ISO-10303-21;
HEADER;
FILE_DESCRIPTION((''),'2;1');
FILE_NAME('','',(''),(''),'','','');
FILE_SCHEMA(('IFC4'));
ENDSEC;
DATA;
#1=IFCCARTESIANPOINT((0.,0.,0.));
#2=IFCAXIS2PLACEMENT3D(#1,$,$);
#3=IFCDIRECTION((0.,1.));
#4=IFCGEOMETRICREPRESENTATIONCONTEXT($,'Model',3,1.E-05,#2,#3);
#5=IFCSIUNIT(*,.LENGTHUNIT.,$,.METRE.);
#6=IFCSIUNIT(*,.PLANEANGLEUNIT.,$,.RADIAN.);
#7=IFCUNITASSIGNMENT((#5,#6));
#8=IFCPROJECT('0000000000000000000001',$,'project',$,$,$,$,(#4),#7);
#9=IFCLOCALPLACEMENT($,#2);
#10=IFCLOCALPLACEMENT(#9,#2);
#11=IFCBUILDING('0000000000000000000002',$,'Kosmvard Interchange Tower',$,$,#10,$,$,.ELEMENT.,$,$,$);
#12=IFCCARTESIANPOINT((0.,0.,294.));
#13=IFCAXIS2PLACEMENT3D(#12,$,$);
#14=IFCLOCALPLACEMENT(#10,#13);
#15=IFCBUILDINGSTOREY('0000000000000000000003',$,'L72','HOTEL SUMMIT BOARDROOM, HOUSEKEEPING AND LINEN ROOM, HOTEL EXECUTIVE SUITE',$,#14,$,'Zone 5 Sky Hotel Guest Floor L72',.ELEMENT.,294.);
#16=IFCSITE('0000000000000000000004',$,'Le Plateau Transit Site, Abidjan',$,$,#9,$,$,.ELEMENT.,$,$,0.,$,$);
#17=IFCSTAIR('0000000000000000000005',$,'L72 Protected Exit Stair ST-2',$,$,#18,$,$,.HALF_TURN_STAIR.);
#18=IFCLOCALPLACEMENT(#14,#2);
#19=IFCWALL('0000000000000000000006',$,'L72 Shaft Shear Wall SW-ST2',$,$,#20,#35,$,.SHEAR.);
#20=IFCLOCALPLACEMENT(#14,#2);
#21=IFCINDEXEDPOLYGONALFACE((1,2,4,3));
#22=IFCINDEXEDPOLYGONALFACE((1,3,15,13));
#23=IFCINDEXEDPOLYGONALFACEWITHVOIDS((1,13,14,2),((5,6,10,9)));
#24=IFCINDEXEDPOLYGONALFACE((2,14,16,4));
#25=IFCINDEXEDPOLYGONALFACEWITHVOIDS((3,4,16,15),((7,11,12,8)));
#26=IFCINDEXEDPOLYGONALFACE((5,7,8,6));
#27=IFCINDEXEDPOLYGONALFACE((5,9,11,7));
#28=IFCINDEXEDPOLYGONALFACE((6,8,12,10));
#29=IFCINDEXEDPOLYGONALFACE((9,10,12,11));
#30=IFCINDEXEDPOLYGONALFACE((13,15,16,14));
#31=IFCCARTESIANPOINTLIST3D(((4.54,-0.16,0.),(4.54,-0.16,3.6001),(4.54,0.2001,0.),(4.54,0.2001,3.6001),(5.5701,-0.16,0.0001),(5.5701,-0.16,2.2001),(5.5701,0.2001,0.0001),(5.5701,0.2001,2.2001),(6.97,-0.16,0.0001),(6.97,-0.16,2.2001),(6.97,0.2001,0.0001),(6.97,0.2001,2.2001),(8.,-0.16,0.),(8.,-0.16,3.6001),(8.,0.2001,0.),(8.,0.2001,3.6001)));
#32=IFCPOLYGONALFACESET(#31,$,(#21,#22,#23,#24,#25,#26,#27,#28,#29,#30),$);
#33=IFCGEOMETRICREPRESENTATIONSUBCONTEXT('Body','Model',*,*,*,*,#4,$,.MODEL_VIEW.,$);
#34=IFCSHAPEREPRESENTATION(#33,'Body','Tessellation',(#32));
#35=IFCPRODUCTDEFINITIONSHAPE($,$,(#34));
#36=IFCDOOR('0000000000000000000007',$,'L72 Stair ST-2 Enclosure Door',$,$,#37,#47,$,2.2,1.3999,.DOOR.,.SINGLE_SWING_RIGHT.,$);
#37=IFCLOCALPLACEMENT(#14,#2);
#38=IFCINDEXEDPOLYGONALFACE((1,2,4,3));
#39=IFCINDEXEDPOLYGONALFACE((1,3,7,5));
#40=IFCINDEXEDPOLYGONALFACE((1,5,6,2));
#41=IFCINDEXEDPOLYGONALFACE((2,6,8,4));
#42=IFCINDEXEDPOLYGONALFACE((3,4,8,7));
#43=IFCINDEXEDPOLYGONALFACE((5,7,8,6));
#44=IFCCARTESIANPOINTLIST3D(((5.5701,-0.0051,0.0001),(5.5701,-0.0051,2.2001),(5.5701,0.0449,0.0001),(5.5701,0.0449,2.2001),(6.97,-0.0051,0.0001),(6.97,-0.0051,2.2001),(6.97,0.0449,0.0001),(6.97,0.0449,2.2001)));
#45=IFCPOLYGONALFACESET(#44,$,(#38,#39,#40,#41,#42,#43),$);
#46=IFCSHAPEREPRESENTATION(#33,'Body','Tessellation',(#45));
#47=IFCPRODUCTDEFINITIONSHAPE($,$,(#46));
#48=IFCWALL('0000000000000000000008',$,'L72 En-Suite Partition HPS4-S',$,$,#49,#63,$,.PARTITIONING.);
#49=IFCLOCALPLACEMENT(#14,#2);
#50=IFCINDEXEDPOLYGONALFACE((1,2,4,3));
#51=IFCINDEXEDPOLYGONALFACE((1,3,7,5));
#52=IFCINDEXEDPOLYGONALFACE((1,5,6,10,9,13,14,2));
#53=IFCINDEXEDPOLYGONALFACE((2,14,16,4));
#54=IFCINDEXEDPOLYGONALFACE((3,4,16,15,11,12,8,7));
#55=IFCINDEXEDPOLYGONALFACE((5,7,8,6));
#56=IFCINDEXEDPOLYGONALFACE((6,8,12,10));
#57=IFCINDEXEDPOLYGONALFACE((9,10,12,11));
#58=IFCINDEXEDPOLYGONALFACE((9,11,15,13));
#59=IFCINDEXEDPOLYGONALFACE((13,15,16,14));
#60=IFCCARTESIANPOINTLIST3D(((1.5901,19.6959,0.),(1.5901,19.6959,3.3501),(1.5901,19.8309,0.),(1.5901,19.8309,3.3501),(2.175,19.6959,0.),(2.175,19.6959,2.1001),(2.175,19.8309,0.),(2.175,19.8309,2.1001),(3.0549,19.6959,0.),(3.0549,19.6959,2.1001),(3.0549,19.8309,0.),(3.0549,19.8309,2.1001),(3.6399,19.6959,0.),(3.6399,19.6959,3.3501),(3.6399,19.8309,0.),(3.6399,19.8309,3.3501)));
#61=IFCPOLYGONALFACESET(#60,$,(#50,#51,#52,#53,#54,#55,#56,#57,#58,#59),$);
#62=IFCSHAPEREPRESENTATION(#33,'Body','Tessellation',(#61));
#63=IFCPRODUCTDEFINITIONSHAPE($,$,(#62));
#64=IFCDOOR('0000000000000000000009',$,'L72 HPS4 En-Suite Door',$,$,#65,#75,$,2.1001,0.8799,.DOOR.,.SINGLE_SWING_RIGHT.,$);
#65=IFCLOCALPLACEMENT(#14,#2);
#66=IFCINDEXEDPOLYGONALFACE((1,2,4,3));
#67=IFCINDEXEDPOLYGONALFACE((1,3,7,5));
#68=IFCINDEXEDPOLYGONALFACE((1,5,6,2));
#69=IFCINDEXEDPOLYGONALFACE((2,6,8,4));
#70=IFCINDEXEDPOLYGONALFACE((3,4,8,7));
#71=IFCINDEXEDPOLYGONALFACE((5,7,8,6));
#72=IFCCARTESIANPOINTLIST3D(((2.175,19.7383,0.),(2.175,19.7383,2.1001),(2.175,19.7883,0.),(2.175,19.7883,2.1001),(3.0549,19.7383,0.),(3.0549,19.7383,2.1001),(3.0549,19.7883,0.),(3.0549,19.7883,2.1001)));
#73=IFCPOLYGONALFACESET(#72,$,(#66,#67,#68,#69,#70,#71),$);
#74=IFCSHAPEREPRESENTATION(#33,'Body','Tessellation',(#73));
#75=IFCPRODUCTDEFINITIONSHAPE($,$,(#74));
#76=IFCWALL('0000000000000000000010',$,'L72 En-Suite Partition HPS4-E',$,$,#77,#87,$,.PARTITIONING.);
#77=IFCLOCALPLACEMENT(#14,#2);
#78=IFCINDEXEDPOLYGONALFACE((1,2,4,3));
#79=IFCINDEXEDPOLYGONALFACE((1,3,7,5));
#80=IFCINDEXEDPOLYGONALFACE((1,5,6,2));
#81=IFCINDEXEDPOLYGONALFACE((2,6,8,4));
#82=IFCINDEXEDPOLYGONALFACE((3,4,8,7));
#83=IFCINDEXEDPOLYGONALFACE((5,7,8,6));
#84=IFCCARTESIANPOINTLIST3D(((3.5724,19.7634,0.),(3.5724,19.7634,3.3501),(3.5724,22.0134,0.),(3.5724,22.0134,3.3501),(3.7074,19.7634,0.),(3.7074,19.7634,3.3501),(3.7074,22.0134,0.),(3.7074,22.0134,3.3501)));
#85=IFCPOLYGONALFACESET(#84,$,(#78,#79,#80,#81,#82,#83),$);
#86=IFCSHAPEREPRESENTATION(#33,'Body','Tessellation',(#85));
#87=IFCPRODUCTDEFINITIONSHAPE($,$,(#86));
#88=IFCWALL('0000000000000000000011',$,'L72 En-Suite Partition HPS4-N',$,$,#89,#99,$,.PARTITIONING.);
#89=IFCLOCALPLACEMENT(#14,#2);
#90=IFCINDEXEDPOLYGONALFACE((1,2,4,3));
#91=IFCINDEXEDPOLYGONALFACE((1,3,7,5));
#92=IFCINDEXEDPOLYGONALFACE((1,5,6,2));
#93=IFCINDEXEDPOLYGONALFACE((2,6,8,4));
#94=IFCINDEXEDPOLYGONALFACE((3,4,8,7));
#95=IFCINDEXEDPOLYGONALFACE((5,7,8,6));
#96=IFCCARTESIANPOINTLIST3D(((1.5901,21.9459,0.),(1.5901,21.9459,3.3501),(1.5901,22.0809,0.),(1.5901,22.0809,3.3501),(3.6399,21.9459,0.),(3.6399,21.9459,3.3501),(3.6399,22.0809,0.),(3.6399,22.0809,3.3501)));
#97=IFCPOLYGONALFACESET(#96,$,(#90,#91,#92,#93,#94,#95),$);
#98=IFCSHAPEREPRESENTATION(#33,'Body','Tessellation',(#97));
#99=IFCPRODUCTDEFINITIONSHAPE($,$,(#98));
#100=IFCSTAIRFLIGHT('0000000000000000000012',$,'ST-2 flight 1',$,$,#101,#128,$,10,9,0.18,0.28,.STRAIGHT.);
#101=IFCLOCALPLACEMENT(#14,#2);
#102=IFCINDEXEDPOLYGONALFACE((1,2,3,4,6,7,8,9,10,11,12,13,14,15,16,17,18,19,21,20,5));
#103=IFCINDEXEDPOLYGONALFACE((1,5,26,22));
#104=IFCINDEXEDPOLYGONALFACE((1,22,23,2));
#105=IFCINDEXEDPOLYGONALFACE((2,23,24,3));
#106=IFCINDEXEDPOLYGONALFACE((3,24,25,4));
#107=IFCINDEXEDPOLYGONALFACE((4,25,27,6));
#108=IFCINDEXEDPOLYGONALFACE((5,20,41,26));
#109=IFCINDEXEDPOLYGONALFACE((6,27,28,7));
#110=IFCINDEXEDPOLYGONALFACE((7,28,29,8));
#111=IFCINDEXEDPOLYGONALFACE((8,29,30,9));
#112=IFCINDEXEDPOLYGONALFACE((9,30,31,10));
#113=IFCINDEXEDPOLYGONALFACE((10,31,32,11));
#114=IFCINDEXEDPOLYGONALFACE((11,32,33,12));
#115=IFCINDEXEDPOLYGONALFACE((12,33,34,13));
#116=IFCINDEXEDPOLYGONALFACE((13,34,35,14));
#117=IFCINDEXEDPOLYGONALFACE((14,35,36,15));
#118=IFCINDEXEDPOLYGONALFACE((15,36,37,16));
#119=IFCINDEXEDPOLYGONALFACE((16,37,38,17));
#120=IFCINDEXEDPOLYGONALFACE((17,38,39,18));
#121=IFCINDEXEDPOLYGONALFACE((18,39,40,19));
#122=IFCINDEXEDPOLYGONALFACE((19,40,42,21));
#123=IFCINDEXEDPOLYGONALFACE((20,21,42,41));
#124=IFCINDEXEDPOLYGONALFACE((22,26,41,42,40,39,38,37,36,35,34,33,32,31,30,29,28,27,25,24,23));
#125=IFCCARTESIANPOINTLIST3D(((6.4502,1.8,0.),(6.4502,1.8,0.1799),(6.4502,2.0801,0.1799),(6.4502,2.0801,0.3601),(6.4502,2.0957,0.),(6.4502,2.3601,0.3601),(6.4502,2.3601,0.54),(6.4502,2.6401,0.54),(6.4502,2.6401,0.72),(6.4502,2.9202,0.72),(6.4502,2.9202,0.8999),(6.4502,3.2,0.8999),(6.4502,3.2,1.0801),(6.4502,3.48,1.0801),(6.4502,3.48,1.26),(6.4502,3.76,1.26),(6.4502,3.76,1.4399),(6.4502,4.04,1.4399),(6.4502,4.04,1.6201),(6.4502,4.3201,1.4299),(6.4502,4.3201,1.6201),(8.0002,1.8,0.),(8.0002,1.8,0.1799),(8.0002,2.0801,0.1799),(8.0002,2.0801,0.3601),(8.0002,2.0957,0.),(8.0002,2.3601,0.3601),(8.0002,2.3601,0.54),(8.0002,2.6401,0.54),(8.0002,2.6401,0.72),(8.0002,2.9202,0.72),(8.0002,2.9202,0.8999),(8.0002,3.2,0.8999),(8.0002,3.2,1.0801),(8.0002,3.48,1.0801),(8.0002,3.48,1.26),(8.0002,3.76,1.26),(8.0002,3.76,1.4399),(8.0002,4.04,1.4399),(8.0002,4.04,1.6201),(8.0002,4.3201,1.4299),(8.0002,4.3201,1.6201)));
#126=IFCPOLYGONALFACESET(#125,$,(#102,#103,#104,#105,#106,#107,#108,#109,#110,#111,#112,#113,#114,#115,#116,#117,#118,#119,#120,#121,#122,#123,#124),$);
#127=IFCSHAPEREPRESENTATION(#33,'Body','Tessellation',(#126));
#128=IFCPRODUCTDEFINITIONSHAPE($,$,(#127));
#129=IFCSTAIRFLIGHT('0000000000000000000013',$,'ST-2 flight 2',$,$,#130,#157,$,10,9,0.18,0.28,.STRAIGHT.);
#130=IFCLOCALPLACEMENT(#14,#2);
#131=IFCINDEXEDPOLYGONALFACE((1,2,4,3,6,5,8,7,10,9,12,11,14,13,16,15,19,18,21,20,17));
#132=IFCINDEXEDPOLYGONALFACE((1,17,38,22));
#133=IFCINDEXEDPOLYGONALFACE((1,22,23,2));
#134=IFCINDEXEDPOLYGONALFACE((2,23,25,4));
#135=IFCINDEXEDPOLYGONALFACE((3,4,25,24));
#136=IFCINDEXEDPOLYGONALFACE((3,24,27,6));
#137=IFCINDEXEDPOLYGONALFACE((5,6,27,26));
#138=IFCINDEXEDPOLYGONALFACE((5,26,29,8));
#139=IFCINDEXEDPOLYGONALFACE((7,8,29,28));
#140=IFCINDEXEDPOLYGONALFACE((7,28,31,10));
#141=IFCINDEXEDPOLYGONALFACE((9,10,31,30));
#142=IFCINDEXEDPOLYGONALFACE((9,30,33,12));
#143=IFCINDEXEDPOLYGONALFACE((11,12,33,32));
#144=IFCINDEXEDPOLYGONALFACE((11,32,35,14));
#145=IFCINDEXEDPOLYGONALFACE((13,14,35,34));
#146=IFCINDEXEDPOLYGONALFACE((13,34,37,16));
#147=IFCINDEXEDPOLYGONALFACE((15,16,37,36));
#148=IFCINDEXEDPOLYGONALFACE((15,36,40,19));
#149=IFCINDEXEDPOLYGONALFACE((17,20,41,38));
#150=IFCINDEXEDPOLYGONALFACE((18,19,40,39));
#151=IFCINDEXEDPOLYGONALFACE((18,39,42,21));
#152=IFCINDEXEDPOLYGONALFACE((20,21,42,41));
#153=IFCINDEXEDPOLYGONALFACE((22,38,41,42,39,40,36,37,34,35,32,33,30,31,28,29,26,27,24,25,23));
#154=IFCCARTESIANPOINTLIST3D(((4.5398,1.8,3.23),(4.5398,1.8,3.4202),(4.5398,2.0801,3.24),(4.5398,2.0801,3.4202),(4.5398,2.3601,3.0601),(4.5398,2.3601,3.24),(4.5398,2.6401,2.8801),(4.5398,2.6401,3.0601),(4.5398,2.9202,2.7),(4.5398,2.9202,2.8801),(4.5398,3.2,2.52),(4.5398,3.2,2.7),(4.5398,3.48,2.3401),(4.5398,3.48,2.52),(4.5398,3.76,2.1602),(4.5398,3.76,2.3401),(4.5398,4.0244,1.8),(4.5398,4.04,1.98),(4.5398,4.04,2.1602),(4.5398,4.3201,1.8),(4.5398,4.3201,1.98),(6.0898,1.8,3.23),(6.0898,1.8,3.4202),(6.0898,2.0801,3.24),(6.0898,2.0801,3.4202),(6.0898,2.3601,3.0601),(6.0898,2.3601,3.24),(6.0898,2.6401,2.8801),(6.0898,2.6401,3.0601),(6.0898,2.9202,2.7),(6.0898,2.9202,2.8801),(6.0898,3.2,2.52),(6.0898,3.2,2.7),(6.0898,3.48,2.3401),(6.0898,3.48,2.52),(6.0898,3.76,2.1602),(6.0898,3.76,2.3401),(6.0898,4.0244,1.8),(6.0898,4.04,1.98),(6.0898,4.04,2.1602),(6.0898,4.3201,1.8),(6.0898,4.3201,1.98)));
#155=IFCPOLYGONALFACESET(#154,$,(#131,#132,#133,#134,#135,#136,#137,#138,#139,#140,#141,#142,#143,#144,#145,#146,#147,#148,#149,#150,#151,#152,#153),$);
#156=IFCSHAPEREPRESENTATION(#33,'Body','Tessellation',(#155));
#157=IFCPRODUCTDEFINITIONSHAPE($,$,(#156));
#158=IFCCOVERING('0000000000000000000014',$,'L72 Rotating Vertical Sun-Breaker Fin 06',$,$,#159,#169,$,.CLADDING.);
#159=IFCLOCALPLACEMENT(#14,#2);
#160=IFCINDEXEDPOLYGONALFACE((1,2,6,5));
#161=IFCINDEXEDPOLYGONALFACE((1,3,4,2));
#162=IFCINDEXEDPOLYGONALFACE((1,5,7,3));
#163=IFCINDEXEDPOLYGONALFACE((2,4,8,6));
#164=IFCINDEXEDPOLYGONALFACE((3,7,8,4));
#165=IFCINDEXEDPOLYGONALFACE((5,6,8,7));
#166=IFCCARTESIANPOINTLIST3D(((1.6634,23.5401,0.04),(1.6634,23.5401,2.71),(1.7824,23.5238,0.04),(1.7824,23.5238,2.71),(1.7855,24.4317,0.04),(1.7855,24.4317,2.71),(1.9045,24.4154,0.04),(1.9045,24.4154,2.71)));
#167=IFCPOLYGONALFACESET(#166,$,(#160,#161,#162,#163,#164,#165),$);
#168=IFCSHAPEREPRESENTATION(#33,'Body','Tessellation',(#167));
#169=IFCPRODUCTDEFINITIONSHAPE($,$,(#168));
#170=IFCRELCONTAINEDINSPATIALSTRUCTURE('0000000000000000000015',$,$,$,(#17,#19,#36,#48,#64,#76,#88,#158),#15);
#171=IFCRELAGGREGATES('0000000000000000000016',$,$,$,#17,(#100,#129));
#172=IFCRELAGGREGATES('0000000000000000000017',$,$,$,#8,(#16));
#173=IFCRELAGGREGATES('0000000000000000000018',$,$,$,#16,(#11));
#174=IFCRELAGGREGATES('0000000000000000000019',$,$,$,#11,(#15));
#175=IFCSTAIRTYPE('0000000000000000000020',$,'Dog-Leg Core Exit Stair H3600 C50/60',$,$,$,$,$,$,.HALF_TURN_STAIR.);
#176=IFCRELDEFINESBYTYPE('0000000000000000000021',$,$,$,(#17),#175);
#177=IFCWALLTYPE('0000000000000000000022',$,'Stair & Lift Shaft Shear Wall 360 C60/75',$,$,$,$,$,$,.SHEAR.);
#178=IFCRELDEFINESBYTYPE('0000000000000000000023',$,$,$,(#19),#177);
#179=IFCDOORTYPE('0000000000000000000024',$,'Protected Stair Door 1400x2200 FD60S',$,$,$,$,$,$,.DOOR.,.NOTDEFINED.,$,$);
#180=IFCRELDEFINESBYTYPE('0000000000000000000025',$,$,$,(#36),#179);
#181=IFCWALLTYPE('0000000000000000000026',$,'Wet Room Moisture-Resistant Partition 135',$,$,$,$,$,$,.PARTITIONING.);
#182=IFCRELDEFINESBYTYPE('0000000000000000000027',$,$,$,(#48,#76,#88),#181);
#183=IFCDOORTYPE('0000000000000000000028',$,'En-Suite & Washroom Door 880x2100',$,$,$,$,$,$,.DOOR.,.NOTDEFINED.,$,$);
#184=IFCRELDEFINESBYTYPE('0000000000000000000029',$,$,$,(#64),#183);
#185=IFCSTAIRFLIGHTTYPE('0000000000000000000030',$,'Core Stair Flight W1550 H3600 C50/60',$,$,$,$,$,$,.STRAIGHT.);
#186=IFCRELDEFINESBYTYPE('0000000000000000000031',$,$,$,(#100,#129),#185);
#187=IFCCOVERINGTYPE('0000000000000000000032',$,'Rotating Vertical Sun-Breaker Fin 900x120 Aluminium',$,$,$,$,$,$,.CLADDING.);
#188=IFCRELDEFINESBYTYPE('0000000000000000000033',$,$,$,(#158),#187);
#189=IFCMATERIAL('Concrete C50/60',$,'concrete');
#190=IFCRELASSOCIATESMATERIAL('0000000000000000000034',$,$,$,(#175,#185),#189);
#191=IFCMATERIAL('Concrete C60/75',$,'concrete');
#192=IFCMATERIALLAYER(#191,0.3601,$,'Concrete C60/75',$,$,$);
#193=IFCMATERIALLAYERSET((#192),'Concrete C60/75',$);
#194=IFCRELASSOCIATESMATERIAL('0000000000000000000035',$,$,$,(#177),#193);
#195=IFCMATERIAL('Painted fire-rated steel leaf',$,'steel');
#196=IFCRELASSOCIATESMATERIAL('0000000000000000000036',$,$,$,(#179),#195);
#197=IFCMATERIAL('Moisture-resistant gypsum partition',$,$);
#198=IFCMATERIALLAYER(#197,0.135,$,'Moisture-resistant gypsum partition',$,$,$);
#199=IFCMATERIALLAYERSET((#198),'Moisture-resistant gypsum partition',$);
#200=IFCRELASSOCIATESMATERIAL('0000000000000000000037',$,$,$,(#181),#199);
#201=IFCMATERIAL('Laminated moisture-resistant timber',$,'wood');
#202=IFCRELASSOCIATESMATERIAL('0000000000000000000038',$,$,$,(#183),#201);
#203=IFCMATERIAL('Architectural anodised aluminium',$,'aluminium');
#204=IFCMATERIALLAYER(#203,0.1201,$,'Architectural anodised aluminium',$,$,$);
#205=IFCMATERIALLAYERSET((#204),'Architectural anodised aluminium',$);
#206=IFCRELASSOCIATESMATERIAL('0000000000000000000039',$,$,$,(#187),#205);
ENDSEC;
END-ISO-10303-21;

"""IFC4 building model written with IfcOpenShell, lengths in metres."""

from ifc_helpers import new_model, si_unit, direction, frame, frame_2d, origin, origin_2d, place, context, subcontext, project, spatial, polyline, rectangle, outline, extrude, source, transform, mapped, material, layer, layer_set, type_object, element, fill, aggregate, save


model = new_model("IFC4")

# Units and contexts
model_context = context("Model", 3, precision=1e-05, world=origin(), true_north=direction((0.0, 1.0)))
body_context = subcontext(model_context, "Body", "Model", "MODEL_VIEW")
ifc_project = project(units=[si_unit("LENGTHUNIT", "METRE"), si_unit("PLANEANGLEUNIT", "RADIAN")], contexts=[model_context])

# Site, building, storey
site_placement = place(None, origin())
site = spatial("IfcSite", under=ifc_project, at=site_placement, Name="Le Plateau Transit Site, Abidjan", CompositionType="ELEMENT", RefElevation=0.0)
building_placement = place(site_placement, origin())
building = spatial("IfcBuilding", under=site, at=building_placement, Name="Kosmvard Interchange Tower", CompositionType="ELEMENT")
storey_placement = place(building_placement, frame((0.0, 0.0, 294.0)))
storey = spatial("IfcBuildingStorey", under=building, at=storey_placement, Name="L72", Description="HOTEL SUMMIT BOARDROOM, HOUSEKEEPING AND LINEN ROOM, HOTEL EXECUTIVE SUITE", LongName="Zone 5 Sky Hotel Guest Floor L72", CompositionType="ELEMENT", Elevation=294.0)

# Shared definitions
ifc_material_1 = material(Name="Concrete C50/60", Category="concrete")

# Stair
stair_type = type_object("IfcStairType", Name="Dog-Leg Core Exit Stair H3600 C50/60", PredefinedType="HALF_TURN_STAIR", material=ifc_material_1)
stair_1_placement = place(storey_placement, origin())
stair_1 = element("IfcStair", 1, at=stair_1_placement, inside=storey, type_object=stair_type, Name="L72 Protected Exit Stair ST-2", PredefinedType="HALF_TURN_STAIR")

# Walls, openings, doors
ifc_material_2 = material(Name="Concrete C60/75", Category="concrete")
ifc_layer_1 = layer(ifc_material_2, 0.3601, Name="Concrete C60/75")
ifc_layer_set_1 = layer_set([ifc_layer_1], Name="Concrete C60/75")
wall_type_1 = type_object("IfcWallType", Name="Stair & Lift Shaft Shear Wall 360 C60/75", PredefinedType="SHEAR", material=ifc_layer_set_1)
wall_1_placement = place(storey_placement, frame((4.54, 0.02, 0.0), z_axis=(0.0, 0.0, 1.0), x_axis=(1.0, 0.0, 0.0)))
wall_1 = element("IfcWall", 2, at=wall_1_placement, inside=storey, type_object=wall_type_1, Name="L72 Shaft Shear Wall SW-ST2", PredefinedType="SHEAR", context=body_context, shape_type="SweptSolid", body=[
    extrude(rectangle(XDim=3.46, YDim=0.3601, at=frame_2d((1.73, 0.0))), origin(), (0.0, 0.0, 1.0), 3.6001),
])
opening_1_placement = place(wall_1_placement, frame((1.03, 0.0, 0.0)))
opening_1 = element("IfcOpeningElement", 3, at=opening_1_placement, cuts=wall_1, PredefinedType="OPENING", context=body_context, shape_type="SweptSolid", body=[
    extrude(rectangle(XDim=1.3999, YDim=2.2, at=frame_2d((0.7, 1.1001))), frame((0.0, 0.1899, 0.0), z_axis=(0.0, -1.0, 0.0), x_axis=(1.0, 0.0, 0.0)), (0.0, 0.0, 1.0), 0.3801),
])
ifc_material_3 = material(Name="Painted fire-rated steel leaf", Category="steel")
door_type_1 = type_object("IfcDoorType", Name="Protected Stair Door 1400x2200 FD60S", OperationType="NOTDEFINED", PredefinedType="DOOR", material=ifc_material_3)
shared_shape_1 = source(origin(), body_context, "Body", "SweptSolid", [
    extrude(rectangle(XDim=1.3999, YDim=2.2, at=frame_2d((0.7, 1.1001))), frame((0.0, 0.0249, 0.0), z_axis=(0.0, -1.0, 0.0), x_axis=(1.0, 0.0, 0.0)), (0.0, 0.0, 1.0), 0.05),
])
door_1_placement = place(opening_1_placement, origin())
door_1 = element("IfcDoor", 4, at=door_1_placement, inside=storey, type_object=door_type_1, Name="L72 Stair ST-2 Enclosure Door", OperationType="SINGLE_SWING_RIGHT", OverallHeight=2.2, OverallWidth=1.3999, PredefinedType="DOOR", context=body_context, shape_type="MappedRepresentation", body=[
    mapped(shared_shape_1, transform((0.0, 0.0, 0.0), scale=1.0)),
])
fill(opening_1, door_1)
ifc_material_4 = material(Name="Moisture-resistant gypsum partition")
ifc_layer_2 = layer(ifc_material_4, 0.135, Name="Moisture-resistant gypsum partition")
ifc_layer_set_2 = layer_set([ifc_layer_2], Name="Moisture-resistant gypsum partition")
wall_type_2 = type_object("IfcWallType", Name="Wet Room Moisture-Resistant Partition 135", PredefinedType="PARTITIONING", material=ifc_layer_set_2)
wall_2_placement = place(storey_placement, frame((1.5901, 19.7634, 0.0), z_axis=(0.0, 0.0, 1.0), x_axis=(1.0, 0.0, 0.0)))
wall_2 = element("IfcWall", 5, at=wall_2_placement, inside=storey, type_object=wall_type_2, Name="L72 En-Suite Partition HPS4-S", PredefinedType="PARTITIONING", context=body_context, shape_type="SweptSolid", body=[
    extrude(rectangle(XDim=2.0498, YDim=0.135, at=frame_2d((1.0249, 0.0))), origin(), (0.0, 0.0, 1.0), 3.3501),
])
opening_2_placement = place(wall_2_placement, frame((0.585, 0.0, 0.0)))
opening_2 = element("IfcOpeningElement", 6, at=opening_2_placement, cuts=wall_2, PredefinedType="OPENING", context=body_context, shape_type="SweptSolid", body=[
    extrude(rectangle(XDim=0.8799, YDim=2.1001, at=frame_2d((0.4399, 1.05))), frame((0.0, 0.0776, 0.0), z_axis=(0.0, -1.0, 0.0), x_axis=(1.0, 0.0, 0.0)), (0.0, 0.0, 1.0), 0.155),
])
ifc_material_5 = material(Name="Laminated moisture-resistant timber", Category="wood")
door_type_2 = type_object("IfcDoorType", Name="En-Suite & Washroom Door 880x2100", OperationType="NOTDEFINED", PredefinedType="DOOR", material=ifc_material_5)
shared_shape_2 = source(origin(), body_context, "Body", "SweptSolid", [
    extrude(rectangle(XDim=0.8799, YDim=2.1001, at=frame_2d((0.4399, 1.05))), frame((0.0, 0.0249, 0.0), z_axis=(0.0, -1.0, 0.0), x_axis=(1.0, 0.0, 0.0)), (0.0, 0.0, 1.0), 0.05),
])
door_2_placement = place(opening_2_placement, origin())
door_2 = element("IfcDoor", 7, at=door_2_placement, inside=storey, type_object=door_type_2, Name="L72 HPS4 En-Suite Door", OperationType="SINGLE_SWING_RIGHT", OverallHeight=2.1001, OverallWidth=0.8799, PredefinedType="DOOR", context=body_context, shape_type="MappedRepresentation", body=[
    mapped(shared_shape_2, transform((0.0, 0.0, 0.0), scale=1.0)),
])
fill(opening_2, door_2)

# Walls
wall_3_placement = place(storey_placement, frame((3.6399, 19.7634, 0.0), z_axis=(0.0, 0.0, 1.0), x_axis=(0.0, 1.0, 0.0)))
element("IfcWall", 8, at=wall_3_placement, inside=storey, type_object=wall_type_2, Name="L72 En-Suite Partition HPS4-E", PredefinedType="PARTITIONING", context=body_context, shape_type="SweptSolid", body=[
    extrude(rectangle(XDim=2.25, YDim=0.135, at=frame_2d((1.125, 0.0))), origin(), (0.0, 0.0, 1.0), 3.3501),
])
wall_4_placement = place(storey_placement, frame((1.5901, 22.0134, 0.0), z_axis=(0.0, 0.0, 1.0), x_axis=(1.0, 0.0, 0.0)))
element("IfcWall", 9, at=wall_4_placement, inside=storey, type_object=wall_type_2, Name="L72 En-Suite Partition HPS4-N", PredefinedType="PARTITIONING", context=body_context, shape_type="SweptSolid", body=[
    extrude(rectangle(XDim=2.0498, YDim=0.135, at=frame_2d((1.0249, 0.0))), origin(), (0.0, 0.0, 1.0), 3.3501),
])

# Stair flights
stair_flight_type = type_object("IfcStairFlightType", Name="Core Stair Flight W1550 H3600 C50/60", PredefinedType="STRAIGHT", material=ifc_material_1)
shared_shape_3 = source(origin(), body_context, "Body", "SweptSolid", [
    extrude(outline(polyline([(0.0, 0.0), (0.0, 0.1799), (0.28, 0.1799), (0.28, 0.3601), (0.5601, 0.3601), (0.5601, 0.54), (0.8401, 0.54), (0.8401, 0.72), (1.1201, 0.72), (1.1201, 0.8999), (1.3999, 0.8999), (1.3999, 1.0801), (1.6799, 1.0801), (1.6799, 1.26), (1.96, 1.26), (1.96, 1.4399), (2.24, 1.4399), (2.24, 1.6201), (2.52, 1.6201), (2.52, 1.8), (2.52, 1.4299), (0.2957, 0.0), (0.0, 0.0)])), frame((0.0, 0.7749, 0.0), z_axis=(0.0, -1.0, 0.0), x_axis=(1.0, 0.0, 0.0)), (0.0, 0.0, 1.0), 1.55),
])
stair_flight_1_placement = place(storey_placement, frame((7.2251, 1.8, 0.0), z_axis=(0.0, 0.0, 1.0), x_axis=(0.0, 1.0, 0.0)))
stair_flight_1 = element("IfcStairFlight", 10, at=stair_flight_1_placement, type_object=stair_flight_type, Name="ST-2 flight 1", NumberOfRisers=10, NumberOfTreads=9, PredefinedType="STRAIGHT", RiserHeight=0.18, TreadLength=0.28, context=body_context, shape_type="MappedRepresentation", body=[
    mapped(shared_shape_3, transform((0.0, 0.0, 0.0), scale=1.0)),
])
stair_flight_2_placement = place(storey_placement, frame((5.3149, 4.3201, 1.8), z_axis=(0.0, 0.0, 1.0), x_axis=(0.0, -1.0, 0.0)))
stair_flight_2 = element("IfcStairFlight", 11, at=stair_flight_2_placement, type_object=stair_flight_type, Name="ST-2 flight 2", NumberOfRisers=10, NumberOfTreads=9, PredefinedType="STRAIGHT", RiserHeight=0.18, TreadLength=0.28, context=body_context, shape_type="MappedRepresentation", body=[
    mapped(shared_shape_3, transform((0.0, 0.0, 0.0), scale=1.0)),
])
aggregate(stair_1, [stair_flight_1, stair_flight_2])

# Covering
ifc_material_6 = material(Name="Architectural anodised aluminium", Category="aluminium")
ifc_layer_3 = layer(ifc_material_6, 0.1201, Name="Architectural anodised aluminium")
ifc_layer_set_3 = layer_set([ifc_layer_3], Name="Architectural anodised aluminium")
covering_type = type_object("IfcCoveringType", Name="Rotating Vertical Sun-Breaker Fin 900x120 Aluminium", PredefinedType="CLADDING", material=ifc_layer_set_3)
shared_shape_4 = source(origin(), body_context, "Body", "SweptSolid", [
    extrude(rectangle(XDim=0.8999, YDim=0.1201, at=origin_2d()), origin(), (0.0, 0.0, 1.0), 2.6699),
])
covering_placement = place(storey_placement, frame((1.7839, 23.9778, 0.04), z_axis=(0.0, 0.0, 1.0), x_axis=(0.135716, 0.990748, 0.0)))
element("IfcCovering", 12, at=covering_placement, inside=storey, type_object=covering_type, Name="L72 Rotating Vertical Sun-Breaker Fin 06", PredefinedType="CLADDING", context=body_context, shape_type="MappedRepresentation", body=[
    mapped(shared_shape_4, transform((0.0, 0.0, 0.0), scale=1.0)),
])

save(model, "model.ifc")
